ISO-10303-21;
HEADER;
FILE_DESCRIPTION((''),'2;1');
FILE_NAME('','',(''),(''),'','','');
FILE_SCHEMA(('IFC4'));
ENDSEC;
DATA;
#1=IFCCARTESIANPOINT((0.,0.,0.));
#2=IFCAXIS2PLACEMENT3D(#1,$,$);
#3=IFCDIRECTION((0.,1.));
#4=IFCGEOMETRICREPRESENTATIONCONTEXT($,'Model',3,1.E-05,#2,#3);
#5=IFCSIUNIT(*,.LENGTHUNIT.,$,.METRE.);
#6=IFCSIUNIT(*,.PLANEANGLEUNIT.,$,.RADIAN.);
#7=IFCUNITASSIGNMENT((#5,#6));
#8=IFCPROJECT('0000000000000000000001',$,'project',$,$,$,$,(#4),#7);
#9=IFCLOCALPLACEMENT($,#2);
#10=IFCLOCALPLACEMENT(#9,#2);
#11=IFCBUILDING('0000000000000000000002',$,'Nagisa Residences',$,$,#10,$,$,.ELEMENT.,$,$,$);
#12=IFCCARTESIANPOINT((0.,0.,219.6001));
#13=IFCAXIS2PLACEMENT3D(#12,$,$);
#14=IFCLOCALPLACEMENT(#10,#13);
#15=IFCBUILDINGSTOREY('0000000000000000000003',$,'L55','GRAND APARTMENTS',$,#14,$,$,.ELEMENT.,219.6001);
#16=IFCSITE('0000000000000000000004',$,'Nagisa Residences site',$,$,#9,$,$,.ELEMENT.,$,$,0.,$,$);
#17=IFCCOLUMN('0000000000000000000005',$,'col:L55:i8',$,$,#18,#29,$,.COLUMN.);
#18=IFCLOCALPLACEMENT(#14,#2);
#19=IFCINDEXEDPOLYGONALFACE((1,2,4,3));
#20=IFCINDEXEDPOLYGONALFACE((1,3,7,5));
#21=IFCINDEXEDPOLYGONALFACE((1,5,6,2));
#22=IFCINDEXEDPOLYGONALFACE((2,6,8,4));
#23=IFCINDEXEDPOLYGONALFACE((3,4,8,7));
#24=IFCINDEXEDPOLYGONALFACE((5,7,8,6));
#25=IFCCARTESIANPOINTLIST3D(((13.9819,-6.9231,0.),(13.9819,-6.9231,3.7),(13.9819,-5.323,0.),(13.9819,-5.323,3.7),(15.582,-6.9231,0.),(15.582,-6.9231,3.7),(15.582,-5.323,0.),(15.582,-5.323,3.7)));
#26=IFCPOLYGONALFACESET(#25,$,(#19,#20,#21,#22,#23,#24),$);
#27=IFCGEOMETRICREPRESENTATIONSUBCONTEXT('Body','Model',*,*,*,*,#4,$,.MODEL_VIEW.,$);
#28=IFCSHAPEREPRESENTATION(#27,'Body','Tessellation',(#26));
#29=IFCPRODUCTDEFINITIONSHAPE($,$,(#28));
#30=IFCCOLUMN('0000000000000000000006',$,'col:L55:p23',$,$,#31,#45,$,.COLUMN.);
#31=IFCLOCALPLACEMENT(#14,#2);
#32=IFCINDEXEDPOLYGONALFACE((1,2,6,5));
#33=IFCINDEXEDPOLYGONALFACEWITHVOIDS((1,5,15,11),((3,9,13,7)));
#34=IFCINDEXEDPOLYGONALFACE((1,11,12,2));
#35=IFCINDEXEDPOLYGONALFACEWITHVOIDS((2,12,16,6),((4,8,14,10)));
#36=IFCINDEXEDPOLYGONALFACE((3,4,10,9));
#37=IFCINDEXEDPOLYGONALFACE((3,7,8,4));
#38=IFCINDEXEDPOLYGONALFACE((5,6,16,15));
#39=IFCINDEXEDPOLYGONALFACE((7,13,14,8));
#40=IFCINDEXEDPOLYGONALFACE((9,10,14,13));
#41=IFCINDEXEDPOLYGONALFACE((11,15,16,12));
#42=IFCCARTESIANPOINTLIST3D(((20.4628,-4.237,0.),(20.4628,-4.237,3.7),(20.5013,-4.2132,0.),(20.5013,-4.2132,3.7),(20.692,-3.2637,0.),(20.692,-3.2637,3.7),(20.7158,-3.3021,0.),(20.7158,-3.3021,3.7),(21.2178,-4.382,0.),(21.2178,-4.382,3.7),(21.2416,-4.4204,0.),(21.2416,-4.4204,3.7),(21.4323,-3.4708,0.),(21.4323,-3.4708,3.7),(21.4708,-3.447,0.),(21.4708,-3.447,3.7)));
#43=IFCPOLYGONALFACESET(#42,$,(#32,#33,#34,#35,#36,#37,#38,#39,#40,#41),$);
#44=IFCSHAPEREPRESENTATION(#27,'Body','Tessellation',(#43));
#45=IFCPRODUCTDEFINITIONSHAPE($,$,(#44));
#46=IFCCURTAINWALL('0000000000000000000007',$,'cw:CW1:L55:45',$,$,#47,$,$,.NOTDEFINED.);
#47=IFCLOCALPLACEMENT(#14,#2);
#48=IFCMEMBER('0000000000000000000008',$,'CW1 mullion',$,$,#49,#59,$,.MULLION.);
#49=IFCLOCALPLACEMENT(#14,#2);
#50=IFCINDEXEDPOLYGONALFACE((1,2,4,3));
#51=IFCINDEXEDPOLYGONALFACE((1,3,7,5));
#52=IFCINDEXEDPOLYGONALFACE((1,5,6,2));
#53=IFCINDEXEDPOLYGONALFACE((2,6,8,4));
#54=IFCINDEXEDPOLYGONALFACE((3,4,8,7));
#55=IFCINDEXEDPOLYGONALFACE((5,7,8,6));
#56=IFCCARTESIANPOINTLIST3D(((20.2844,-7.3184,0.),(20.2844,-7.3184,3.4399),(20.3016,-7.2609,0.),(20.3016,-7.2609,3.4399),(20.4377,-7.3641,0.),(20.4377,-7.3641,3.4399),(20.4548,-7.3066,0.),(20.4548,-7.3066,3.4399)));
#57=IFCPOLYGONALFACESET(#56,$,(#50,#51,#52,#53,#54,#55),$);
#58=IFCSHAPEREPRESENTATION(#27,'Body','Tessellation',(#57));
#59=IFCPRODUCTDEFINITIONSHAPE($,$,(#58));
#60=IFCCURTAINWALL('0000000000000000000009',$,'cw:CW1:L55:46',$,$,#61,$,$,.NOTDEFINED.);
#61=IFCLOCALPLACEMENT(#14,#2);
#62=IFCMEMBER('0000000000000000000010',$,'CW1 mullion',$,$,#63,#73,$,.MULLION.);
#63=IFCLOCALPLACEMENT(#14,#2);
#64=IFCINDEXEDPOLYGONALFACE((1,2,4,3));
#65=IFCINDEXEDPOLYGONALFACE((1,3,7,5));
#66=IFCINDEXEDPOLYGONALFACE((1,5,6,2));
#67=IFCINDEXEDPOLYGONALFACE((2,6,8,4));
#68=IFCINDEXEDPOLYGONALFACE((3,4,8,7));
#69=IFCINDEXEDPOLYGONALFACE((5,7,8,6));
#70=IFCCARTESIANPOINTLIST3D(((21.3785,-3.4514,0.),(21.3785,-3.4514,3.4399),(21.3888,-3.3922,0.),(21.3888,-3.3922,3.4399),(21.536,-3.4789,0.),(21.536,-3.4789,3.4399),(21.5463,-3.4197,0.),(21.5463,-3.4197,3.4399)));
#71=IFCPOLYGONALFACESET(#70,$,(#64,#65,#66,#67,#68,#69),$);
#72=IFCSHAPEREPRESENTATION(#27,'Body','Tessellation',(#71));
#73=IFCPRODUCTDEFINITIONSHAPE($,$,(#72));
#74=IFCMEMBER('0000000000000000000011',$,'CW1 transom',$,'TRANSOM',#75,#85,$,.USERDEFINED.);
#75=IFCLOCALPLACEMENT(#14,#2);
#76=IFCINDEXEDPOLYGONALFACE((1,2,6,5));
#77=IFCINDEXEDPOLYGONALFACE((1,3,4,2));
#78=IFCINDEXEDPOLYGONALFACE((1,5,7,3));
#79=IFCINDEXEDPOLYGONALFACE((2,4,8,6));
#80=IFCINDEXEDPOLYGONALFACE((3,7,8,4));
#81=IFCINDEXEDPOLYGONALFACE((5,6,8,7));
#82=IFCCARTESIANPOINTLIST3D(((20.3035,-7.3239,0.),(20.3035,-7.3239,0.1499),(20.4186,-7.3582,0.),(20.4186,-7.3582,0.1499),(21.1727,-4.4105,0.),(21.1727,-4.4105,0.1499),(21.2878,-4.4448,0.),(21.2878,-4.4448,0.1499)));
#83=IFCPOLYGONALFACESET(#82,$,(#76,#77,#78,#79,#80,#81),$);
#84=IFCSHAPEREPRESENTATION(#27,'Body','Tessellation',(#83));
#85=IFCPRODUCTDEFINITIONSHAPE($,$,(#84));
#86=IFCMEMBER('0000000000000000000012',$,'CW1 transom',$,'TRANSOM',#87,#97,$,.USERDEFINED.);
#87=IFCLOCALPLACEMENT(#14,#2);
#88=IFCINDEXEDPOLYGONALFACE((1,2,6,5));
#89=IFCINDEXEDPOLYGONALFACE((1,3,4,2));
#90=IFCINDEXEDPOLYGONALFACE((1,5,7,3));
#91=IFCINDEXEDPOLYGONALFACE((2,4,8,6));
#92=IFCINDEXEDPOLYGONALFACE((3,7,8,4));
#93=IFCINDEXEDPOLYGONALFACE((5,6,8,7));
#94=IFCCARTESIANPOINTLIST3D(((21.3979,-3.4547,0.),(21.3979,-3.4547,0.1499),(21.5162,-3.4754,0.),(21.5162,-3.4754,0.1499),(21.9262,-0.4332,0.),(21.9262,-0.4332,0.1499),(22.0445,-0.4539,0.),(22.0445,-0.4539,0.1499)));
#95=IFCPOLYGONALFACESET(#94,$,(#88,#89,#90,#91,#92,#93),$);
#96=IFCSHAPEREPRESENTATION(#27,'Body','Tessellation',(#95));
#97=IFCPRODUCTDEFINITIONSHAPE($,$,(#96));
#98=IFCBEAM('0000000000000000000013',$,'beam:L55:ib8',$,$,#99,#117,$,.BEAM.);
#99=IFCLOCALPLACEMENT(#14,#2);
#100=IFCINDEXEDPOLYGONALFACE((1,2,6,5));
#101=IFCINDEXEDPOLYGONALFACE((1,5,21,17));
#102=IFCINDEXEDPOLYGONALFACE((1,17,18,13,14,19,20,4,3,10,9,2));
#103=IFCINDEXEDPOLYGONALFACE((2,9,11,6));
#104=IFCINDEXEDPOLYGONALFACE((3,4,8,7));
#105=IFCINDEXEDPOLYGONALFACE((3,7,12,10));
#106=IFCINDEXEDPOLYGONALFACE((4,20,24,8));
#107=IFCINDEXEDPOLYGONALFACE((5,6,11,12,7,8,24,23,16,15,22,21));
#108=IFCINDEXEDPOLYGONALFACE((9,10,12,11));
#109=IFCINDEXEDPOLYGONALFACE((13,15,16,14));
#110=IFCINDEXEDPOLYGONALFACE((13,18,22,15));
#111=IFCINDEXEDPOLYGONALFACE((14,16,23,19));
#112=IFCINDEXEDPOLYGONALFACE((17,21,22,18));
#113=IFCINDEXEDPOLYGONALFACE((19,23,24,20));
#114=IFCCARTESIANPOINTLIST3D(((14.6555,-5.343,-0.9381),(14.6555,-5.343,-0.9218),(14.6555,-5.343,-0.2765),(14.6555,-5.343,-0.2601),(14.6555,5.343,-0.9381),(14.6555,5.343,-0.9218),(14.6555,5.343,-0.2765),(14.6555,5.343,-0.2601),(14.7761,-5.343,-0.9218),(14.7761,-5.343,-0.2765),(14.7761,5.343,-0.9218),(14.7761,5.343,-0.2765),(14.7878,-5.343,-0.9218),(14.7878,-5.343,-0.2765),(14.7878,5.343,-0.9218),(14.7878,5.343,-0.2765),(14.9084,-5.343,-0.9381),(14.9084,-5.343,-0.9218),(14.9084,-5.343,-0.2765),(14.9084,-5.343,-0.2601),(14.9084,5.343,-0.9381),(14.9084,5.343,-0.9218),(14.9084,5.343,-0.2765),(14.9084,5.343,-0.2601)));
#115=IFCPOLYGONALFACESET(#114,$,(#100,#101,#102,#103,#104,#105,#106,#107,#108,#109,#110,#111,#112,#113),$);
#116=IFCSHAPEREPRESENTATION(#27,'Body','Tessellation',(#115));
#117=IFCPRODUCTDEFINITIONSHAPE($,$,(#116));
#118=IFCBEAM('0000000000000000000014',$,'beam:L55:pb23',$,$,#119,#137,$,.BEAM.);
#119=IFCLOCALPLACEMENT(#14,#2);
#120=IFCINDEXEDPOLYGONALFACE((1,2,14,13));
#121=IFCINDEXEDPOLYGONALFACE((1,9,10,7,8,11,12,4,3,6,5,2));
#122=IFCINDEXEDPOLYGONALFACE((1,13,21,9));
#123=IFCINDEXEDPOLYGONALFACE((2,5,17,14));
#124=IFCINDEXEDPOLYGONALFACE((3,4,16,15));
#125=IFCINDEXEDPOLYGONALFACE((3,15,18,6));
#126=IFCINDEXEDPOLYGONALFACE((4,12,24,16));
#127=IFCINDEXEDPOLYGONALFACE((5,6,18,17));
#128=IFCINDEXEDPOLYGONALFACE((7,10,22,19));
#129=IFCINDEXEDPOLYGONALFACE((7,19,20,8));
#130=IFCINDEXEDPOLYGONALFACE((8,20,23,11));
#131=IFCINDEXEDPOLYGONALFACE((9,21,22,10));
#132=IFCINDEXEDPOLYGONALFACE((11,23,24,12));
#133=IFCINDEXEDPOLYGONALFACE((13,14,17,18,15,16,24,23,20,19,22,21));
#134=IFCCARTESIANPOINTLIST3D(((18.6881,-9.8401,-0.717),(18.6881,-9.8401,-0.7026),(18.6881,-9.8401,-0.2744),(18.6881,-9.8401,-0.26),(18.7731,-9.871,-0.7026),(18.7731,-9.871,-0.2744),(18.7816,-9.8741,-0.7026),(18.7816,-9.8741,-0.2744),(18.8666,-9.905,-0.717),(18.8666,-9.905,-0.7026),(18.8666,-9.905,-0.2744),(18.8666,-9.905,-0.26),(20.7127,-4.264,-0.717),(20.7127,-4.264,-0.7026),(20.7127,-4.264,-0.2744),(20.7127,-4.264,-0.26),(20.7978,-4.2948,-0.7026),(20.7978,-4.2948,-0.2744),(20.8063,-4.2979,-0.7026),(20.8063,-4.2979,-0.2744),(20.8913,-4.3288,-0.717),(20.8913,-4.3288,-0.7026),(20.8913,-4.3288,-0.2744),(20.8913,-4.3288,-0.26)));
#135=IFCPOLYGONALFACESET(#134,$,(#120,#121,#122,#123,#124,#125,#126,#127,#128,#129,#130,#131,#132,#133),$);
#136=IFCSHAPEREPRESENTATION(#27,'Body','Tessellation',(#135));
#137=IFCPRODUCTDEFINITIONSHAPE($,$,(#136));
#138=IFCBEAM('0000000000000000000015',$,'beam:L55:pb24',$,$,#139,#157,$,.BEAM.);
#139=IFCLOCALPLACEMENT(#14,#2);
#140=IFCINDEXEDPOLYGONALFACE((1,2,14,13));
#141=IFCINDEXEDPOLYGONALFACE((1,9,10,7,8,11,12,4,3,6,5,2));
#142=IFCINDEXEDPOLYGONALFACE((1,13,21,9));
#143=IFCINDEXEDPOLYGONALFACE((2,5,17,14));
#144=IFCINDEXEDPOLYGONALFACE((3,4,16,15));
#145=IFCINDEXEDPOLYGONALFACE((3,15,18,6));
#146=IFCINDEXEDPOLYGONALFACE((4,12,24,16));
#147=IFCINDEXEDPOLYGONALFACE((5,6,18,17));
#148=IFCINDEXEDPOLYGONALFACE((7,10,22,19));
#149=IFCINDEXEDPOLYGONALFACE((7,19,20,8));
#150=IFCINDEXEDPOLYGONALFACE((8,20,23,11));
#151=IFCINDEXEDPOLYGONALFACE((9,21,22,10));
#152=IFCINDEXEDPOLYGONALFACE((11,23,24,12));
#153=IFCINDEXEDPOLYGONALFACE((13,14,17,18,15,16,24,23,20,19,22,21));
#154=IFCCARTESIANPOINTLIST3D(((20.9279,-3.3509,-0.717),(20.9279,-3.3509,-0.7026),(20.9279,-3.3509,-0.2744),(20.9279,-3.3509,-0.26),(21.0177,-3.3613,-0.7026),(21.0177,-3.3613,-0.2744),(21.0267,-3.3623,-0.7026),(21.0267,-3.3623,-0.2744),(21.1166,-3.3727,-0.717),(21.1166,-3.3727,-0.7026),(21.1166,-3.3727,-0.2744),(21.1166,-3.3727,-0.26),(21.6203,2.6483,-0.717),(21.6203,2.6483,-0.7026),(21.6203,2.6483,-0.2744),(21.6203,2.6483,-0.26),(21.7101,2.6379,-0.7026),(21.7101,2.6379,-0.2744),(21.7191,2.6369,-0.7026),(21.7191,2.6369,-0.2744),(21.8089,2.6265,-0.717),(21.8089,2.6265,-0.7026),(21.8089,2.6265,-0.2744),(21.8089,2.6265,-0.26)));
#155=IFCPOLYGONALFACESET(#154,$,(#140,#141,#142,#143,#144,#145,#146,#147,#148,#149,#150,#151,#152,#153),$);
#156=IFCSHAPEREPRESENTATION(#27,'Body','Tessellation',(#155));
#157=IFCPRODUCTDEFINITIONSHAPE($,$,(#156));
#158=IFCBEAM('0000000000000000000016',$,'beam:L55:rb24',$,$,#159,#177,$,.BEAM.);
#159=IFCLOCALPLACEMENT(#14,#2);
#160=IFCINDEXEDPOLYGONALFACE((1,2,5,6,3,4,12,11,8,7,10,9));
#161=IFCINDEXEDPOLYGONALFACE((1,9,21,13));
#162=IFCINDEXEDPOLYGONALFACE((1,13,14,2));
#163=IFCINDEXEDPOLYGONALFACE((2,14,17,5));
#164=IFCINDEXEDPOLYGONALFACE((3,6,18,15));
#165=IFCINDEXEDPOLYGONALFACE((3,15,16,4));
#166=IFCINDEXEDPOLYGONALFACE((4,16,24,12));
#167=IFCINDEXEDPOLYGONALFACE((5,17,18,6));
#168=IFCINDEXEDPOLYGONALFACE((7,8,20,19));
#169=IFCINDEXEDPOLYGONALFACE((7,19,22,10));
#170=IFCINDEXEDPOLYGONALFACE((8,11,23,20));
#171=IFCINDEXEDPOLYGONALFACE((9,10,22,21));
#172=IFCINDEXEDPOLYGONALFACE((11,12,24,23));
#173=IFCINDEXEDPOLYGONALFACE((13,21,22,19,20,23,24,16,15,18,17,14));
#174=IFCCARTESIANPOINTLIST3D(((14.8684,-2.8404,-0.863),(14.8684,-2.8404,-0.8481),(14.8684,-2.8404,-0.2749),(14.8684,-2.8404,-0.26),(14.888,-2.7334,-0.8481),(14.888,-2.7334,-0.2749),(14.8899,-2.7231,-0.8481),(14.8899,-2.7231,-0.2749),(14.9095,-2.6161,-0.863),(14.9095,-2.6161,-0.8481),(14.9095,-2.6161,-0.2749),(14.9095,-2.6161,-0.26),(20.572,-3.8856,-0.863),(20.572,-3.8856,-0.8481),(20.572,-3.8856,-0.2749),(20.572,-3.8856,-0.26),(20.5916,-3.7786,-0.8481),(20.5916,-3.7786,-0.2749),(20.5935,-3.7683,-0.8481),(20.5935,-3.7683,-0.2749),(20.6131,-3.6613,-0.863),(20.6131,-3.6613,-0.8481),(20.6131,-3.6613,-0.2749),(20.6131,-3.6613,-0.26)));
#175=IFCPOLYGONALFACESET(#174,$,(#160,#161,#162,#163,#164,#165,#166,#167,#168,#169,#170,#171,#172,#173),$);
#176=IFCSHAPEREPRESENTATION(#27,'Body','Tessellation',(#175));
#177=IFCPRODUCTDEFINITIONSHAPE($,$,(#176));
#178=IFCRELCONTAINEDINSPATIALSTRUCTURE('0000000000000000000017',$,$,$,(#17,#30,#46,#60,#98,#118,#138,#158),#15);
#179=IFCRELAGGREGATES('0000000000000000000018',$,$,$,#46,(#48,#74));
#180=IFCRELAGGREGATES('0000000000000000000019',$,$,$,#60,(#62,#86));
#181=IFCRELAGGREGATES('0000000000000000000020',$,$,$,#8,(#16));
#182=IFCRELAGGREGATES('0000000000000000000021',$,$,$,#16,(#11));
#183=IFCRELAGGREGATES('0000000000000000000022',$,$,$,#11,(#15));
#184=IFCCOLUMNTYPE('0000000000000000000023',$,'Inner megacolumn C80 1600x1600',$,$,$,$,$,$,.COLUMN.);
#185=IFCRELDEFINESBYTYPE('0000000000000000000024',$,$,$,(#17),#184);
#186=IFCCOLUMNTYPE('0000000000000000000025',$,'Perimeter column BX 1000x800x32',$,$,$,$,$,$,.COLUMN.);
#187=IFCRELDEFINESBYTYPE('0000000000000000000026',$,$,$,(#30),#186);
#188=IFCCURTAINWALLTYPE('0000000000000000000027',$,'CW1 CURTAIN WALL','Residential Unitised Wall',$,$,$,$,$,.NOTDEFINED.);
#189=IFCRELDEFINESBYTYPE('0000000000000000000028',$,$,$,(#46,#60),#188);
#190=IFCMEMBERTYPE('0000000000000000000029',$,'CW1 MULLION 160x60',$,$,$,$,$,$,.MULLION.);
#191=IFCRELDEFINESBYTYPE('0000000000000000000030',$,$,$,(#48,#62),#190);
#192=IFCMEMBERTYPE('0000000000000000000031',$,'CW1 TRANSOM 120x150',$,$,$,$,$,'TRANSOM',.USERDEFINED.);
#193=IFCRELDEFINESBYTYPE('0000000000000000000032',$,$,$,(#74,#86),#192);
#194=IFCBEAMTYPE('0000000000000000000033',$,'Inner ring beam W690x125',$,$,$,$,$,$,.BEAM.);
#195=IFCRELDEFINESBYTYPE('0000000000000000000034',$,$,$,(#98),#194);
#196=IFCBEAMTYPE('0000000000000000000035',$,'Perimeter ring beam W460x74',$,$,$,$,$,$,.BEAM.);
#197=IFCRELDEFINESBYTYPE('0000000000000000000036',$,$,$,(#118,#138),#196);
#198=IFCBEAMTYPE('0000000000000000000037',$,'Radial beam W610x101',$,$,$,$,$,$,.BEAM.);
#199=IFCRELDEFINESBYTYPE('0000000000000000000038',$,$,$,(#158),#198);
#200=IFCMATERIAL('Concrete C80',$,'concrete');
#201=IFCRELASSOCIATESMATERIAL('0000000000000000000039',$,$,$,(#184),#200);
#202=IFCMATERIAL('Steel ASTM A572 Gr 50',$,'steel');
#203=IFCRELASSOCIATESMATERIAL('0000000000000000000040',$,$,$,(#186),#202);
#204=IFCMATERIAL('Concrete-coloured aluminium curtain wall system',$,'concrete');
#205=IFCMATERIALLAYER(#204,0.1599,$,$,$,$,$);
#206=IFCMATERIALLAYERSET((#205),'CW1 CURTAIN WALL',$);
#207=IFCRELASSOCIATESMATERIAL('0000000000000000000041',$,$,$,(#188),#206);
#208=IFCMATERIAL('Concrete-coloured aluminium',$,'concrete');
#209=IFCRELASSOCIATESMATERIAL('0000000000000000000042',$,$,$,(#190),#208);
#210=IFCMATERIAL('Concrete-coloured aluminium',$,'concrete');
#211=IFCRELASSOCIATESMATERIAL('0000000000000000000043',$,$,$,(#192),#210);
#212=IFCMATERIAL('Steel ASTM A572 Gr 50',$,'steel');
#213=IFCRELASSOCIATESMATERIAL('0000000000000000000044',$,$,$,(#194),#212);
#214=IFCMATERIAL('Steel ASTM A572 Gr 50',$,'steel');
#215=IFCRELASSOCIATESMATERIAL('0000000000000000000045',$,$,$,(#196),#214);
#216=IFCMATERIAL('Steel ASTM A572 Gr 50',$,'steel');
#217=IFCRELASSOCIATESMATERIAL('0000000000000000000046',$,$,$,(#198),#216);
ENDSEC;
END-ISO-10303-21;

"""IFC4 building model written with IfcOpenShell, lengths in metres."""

from ifc_helpers import new_model, si_unit, direction, frame, origin, origin_2d, place, context, subcontext, project, spatial, rectangle, hollow_rectangle, i_section, extrude, material, layer, layer_set, material_profile, profile_set, type_object, element, aggregate, save


model = new_model("IFC4")

# Units and contexts
model_context = context("Model", 3, precision=1e-05, world=origin(), true_north=direction((0.0, 1.0)))
body_context = subcontext(model_context, "Body", "Model", "MODEL_VIEW")
ifc_project = project(units=[si_unit("LENGTHUNIT", "METRE"), si_unit("PLANEANGLEUNIT", "RADIAN")], contexts=[model_context])

# Site, building, storey
site_placement = place(None, origin())
site = spatial("IfcSite", under=ifc_project, at=site_placement, Name="Nagisa Residences site", CompositionType="ELEMENT", RefElevation=0.0)
building_placement = place(site_placement, origin())
building = spatial("IfcBuilding", under=site, at=building_placement, Name="Nagisa Residences", CompositionType="ELEMENT")
storey_placement = place(building_placement, frame((0.0, 0.0, 219.6001)))
storey = spatial("IfcBuildingStorey", under=building, at=storey_placement, Name="L55", Description="GRAND APARTMENTS", CompositionType="ELEMENT", Elevation=219.6001)

# Columns
ifc_material_1 = material(Name="Concrete C80", Category="concrete")
ifc_material_profile_1 = material_profile(ifc_material_1, rectangle(XDim=1.6001, YDim=1.6001, at=origin_2d()), Name="C80 1600x1600")
ifc_profile_set_1 = profile_set([ifc_material_profile_1], Name="Concrete C80")
column_type_1 = type_object("IfcColumnType", Name="Inner megacolumn C80 1600x1600", PredefinedType="COLUMN", material=ifc_profile_set_1)
column_1_placement = place(storey_placement, frame((14.782, -6.123, 0.0), z_axis=(0.0, 0.0, 1.0), x_axis=(1.0, 0.0, 0.0)))
element("IfcColumn", 1, at=column_1_placement, inside=storey, type_object=column_type_1, Name="col:L55:i8", PredefinedType="COLUMN", context=body_context, shape_type="SweptSolid", body=[
    extrude(rectangle(XDim=1.6001, YDim=1.6001, at=origin_2d()), origin(), (0.0, 0.0, 1.0), 3.7),
])
ifc_material_2 = material(Name="Steel ASTM A572 Gr 50", Category="steel")
ifc_material_profile_2 = material_profile(ifc_material_2, hollow_rectangle(XDim=1.0, YDim=0.8, WallThickness=0.032, at=origin_2d()), Name="BX 1000x800x32")
ifc_profile_set_2 = profile_set([ifc_material_profile_2], Name="Steel ASTM A572 Gr 50")
column_type_2 = type_object("IfcColumnType", Name="Perimeter column BX 1000x800x32", PredefinedType="COLUMN", material=ifc_profile_set_2)
column_2_placement = place(storey_placement, frame((20.9668, -3.842, 0.0), z_axis=(0.0, 0.0, 1.0), x_axis=(0.229202, 0.973379, 0.0)))
element("IfcColumn", 2, at=column_2_placement, inside=storey, type_object=column_type_2, Name="col:L55:p23", PredefinedType="COLUMN", context=body_context, shape_type="SweptSolid", body=[
    extrude(hollow_rectangle(XDim=1.0, YDim=0.8, WallThickness=0.032, at=origin_2d()), origin(), (0.0, 0.0, 1.0), 3.7),
])

# Curtain walls, members
ifc_material_3 = material(Name="Concrete-coloured aluminium curtain wall system", Category="concrete")
ifc_layer_1 = layer(ifc_material_3, 0.1599)
ifc_layer_set_1 = layer_set([ifc_layer_1], Name="CW1 CURTAIN WALL")
curtain_wall_type = type_object("IfcCurtainWallType", Name="CW1 CURTAIN WALL", Description="Residential Unitised Wall", PredefinedType="NOTDEFINED", material=ifc_layer_set_1)
curtain_wall_1_placement = place(storey_placement, origin())
curtain_wall_1 = element("IfcCurtainWall", 3, at=curtain_wall_1_placement, inside=storey, type_object=curtain_wall_type, Name="cw:CW1:L55:45", PredefinedType="NOTDEFINED")
ifc_material_4 = material(Name="Concrete-coloured aluminium", Category="concrete")
ifc_material_profile_3 = material_profile(ifc_material_4, rectangle(XDim=0.1599, YDim=0.0601, at=origin_2d()), Name="CW1 MULLION 160x60")
ifc_profile_set_3 = profile_set([ifc_material_profile_3], Name="Concrete-coloured aluminium")
member_type_1 = type_object("IfcMemberType", Name="CW1 MULLION 160x60", PredefinedType="MULLION", material=ifc_profile_set_3)
member_1_placement = place(storey_placement, frame((20.3696, -7.3125, 0.0), z_axis=(0.0, 0.0, 1.0), x_axis=(-0.958271, 0.28586, 0.0)))
member_1 = element("IfcMember", 4, at=member_1_placement, type_object=member_type_1, Name="CW1 mullion", PredefinedType="MULLION", context=body_context, shape_type="SweptSolid", body=[
    extrude(rectangle(XDim=0.1599, YDim=0.0601, at=origin_2d()), origin(), (0.0, 0.0, 1.0), 3.4399),
])
curtain_wall_2_placement = place(storey_placement, origin())
curtain_wall_2 = element("IfcCurtainWall", 5, at=curtain_wall_2_placement, inside=storey, type_object=curtain_wall_type, Name="cw:CW1:L55:46", PredefinedType="NOTDEFINED")
member_2_placement = place(storey_placement, frame((21.4624, -3.4355, 0.0), z_axis=(0.0, 0.0, 1.0), x_axis=(-0.985064, 0.172191, 0.0)))
member_2 = element("IfcMember", 6, at=member_2_placement, type_object=member_type_1, Name="CW1 mullion", PredefinedType="MULLION", context=body_context, shape_type="SweptSolid", body=[
    extrude(rectangle(XDim=0.1599, YDim=0.0601, at=origin_2d()), origin(), (0.0, 0.0, 1.0), 3.4399),
])

# Members
ifc_material_5 = material(Name="Concrete-coloured aluminium", Category="concrete")
ifc_material_profile_4 = material_profile(ifc_material_5, rectangle(XDim=0.1201, YDim=0.1499, at=origin_2d()), Name="CW1 TRANSOM 120x150")
ifc_profile_set_4 = profile_set([ifc_material_profile_4], Name="Concrete-coloured aluminium")
member_type_2 = type_object("IfcMemberType", Name="CW1 TRANSOM 120x150", ElementType="TRANSOM", PredefinedType="USERDEFINED", material=ifc_profile_set_4)
member_3_placement = place(storey_placement, frame((20.3611, -7.3411, 0.075), z_axis=(0.285881, 0.958265, 0.0), x_axis=(-0.958265, 0.285881, 0.0)))
member_3 = element("IfcMember", 7, at=member_3_placement, type_object=member_type_2, Name="CW1 transom", ObjectType="TRANSOM", PredefinedType="USERDEFINED", context=body_context, shape_type="SweptSolid", body=[
    extrude(rectangle(XDim=0.1201, YDim=0.1499, at=origin_2d()), origin(), (0.0, 0.0, 1.0), 3.0403),
])
member_4_placement = place(storey_placement, frame((21.457, -3.4651, 0.075), z_axis=(0.172241, 0.985055, 0.0), x_axis=(-0.985055, 0.172241, 0.0)))
member_4 = element("IfcMember", 8, at=member_4_placement, type_object=member_type_2, Name="CW1 transom", ObjectType="TRANSOM", PredefinedType="USERDEFINED", context=body_context, shape_type="SweptSolid", body=[
    extrude(rectangle(XDim=0.1201, YDim=0.1499, at=origin_2d()), origin(), (0.0, 0.0, 1.0), 3.0674),
])

# Beams
ifc_material_6 = material(Name="Steel ASTM A572 Gr 50", Category="steel")
ifc_material_profile_5 = material_profile(ifc_material_6, i_section(OverallWidth=0.2529, OverallDepth=0.678, WebThickness=0.0117, FlangeThickness=0.0164, at=origin_2d()), Name="W690x125")
ifc_profile_set_5 = profile_set([ifc_material_profile_5], Name="Steel ASTM A572 Gr 50")
beam_type_1 = type_object("IfcBeamType", Name="Inner ring beam W690x125", PredefinedType="BEAM", material=ifc_profile_set_5)
beam_1_placement = place(storey_placement, frame((14.782, -5.343, -0.5991), z_axis=(0.0, 1.0, 0.0), x_axis=(-1.0, 0.0, 0.0)))
element("IfcBeam", 9, at=beam_1_placement, inside=storey, type_object=beam_type_1, Name="beam:L55:ib8", PredefinedType="BEAM", context=body_context, shape_type="SweptSolid", body=[
    extrude(i_section(OverallWidth=0.2529, OverallDepth=0.678, WebThickness=0.0117, FlangeThickness=0.0164, at=origin_2d()), origin(), (0.0, 0.0, 1.0), 10.686),
])
ifc_material_7 = material(Name="Steel ASTM A572 Gr 50", Category="steel")
ifc_material_profile_6 = material_profile(ifc_material_7, i_section(OverallWidth=0.1899, OverallDepth=0.457, WebThickness=0.009, FlangeThickness=0.0144, at=origin_2d()), Name="W460x74")
ifc_profile_set_6 = profile_set([ifc_material_profile_6], Name="Steel ASTM A572 Gr 50")
beam_type_2 = type_object("IfcBeamType", Name="Perimeter ring beam W460x74", PredefinedType="BEAM", material=ifc_profile_set_6)
beam_2_placement = place(storey_placement, frame((18.7773, -9.8726, -0.4885), z_axis=(0.34129, 0.939958, 0.0), x_axis=(-0.939958, 0.34129, 0.0)))
element("IfcBeam", 10, at=beam_2_placement, inside=storey, type_object=beam_type_2, Name="beam:L55:pb23", PredefinedType="BEAM", context=body_context, shape_type="SweptSolid", body=[
    extrude(i_section(OverallWidth=0.1899, OverallDepth=0.457, WebThickness=0.009, FlangeThickness=0.0144, at=origin_2d()), origin(), (0.0, 0.0, 1.0), 5.9324),
])
beam_3_placement = place(storey_placement, frame((21.0222, -3.3618, -0.4885), z_axis=(0.11465, 0.993406, 0.0), x_axis=(-0.993406, 0.11465, 0.0)))
element("IfcBeam", 11, at=beam_3_placement, inside=storey, type_object=beam_type_2, Name="beam:L55:pb24", PredefinedType="BEAM", context=body_context, shape_type="SweptSolid", body=[
    extrude(i_section(OverallWidth=0.1899, OverallDepth=0.457, WebThickness=0.009, FlangeThickness=0.0144, at=origin_2d()), origin(), (0.0, 0.0, 1.0), 6.0391),
])
ifc_material_8 = material(Name="Steel ASTM A572 Gr 50", Category="steel")
ifc_material_profile_7 = material_profile(ifc_material_8, i_section(OverallWidth=0.228, OverallDepth=0.603, WebThickness=0.0105, FlangeThickness=0.0149, at=origin_2d()), Name="W610x101")
ifc_profile_set_7 = profile_set([ifc_material_profile_7], Name="Steel ASTM A572 Gr 50")
beam_type_3 = type_object("IfcBeamType", Name="Radial beam W610x101", PredefinedType="BEAM", material=ifc_profile_set_7)
beam_4_placement = place(storey_placement, frame((20.5925, -3.7734, -0.5615), z_axis=(-0.983622, 0.180245, 0.0), x_axis=(-0.180245, -0.983622, 0.0)))
element("IfcBeam", 12, at=beam_4_placement, inside=storey, type_object=beam_type_3, Name="beam:L55:rb24", PredefinedType="BEAM", context=body_context, shape_type="SweptSolid", body=[
    extrude(i_section(OverallWidth=0.228, OverallDepth=0.603, WebThickness=0.0105, FlangeThickness=0.0149, at=origin_2d()), origin(), (0.0, 0.0, 1.0), 5.7986),
])

aggregate(curtain_wall_1, [member_1, member_3])
aggregate(curtain_wall_2, [member_2, member_4])

save(model, "model.ifc")
